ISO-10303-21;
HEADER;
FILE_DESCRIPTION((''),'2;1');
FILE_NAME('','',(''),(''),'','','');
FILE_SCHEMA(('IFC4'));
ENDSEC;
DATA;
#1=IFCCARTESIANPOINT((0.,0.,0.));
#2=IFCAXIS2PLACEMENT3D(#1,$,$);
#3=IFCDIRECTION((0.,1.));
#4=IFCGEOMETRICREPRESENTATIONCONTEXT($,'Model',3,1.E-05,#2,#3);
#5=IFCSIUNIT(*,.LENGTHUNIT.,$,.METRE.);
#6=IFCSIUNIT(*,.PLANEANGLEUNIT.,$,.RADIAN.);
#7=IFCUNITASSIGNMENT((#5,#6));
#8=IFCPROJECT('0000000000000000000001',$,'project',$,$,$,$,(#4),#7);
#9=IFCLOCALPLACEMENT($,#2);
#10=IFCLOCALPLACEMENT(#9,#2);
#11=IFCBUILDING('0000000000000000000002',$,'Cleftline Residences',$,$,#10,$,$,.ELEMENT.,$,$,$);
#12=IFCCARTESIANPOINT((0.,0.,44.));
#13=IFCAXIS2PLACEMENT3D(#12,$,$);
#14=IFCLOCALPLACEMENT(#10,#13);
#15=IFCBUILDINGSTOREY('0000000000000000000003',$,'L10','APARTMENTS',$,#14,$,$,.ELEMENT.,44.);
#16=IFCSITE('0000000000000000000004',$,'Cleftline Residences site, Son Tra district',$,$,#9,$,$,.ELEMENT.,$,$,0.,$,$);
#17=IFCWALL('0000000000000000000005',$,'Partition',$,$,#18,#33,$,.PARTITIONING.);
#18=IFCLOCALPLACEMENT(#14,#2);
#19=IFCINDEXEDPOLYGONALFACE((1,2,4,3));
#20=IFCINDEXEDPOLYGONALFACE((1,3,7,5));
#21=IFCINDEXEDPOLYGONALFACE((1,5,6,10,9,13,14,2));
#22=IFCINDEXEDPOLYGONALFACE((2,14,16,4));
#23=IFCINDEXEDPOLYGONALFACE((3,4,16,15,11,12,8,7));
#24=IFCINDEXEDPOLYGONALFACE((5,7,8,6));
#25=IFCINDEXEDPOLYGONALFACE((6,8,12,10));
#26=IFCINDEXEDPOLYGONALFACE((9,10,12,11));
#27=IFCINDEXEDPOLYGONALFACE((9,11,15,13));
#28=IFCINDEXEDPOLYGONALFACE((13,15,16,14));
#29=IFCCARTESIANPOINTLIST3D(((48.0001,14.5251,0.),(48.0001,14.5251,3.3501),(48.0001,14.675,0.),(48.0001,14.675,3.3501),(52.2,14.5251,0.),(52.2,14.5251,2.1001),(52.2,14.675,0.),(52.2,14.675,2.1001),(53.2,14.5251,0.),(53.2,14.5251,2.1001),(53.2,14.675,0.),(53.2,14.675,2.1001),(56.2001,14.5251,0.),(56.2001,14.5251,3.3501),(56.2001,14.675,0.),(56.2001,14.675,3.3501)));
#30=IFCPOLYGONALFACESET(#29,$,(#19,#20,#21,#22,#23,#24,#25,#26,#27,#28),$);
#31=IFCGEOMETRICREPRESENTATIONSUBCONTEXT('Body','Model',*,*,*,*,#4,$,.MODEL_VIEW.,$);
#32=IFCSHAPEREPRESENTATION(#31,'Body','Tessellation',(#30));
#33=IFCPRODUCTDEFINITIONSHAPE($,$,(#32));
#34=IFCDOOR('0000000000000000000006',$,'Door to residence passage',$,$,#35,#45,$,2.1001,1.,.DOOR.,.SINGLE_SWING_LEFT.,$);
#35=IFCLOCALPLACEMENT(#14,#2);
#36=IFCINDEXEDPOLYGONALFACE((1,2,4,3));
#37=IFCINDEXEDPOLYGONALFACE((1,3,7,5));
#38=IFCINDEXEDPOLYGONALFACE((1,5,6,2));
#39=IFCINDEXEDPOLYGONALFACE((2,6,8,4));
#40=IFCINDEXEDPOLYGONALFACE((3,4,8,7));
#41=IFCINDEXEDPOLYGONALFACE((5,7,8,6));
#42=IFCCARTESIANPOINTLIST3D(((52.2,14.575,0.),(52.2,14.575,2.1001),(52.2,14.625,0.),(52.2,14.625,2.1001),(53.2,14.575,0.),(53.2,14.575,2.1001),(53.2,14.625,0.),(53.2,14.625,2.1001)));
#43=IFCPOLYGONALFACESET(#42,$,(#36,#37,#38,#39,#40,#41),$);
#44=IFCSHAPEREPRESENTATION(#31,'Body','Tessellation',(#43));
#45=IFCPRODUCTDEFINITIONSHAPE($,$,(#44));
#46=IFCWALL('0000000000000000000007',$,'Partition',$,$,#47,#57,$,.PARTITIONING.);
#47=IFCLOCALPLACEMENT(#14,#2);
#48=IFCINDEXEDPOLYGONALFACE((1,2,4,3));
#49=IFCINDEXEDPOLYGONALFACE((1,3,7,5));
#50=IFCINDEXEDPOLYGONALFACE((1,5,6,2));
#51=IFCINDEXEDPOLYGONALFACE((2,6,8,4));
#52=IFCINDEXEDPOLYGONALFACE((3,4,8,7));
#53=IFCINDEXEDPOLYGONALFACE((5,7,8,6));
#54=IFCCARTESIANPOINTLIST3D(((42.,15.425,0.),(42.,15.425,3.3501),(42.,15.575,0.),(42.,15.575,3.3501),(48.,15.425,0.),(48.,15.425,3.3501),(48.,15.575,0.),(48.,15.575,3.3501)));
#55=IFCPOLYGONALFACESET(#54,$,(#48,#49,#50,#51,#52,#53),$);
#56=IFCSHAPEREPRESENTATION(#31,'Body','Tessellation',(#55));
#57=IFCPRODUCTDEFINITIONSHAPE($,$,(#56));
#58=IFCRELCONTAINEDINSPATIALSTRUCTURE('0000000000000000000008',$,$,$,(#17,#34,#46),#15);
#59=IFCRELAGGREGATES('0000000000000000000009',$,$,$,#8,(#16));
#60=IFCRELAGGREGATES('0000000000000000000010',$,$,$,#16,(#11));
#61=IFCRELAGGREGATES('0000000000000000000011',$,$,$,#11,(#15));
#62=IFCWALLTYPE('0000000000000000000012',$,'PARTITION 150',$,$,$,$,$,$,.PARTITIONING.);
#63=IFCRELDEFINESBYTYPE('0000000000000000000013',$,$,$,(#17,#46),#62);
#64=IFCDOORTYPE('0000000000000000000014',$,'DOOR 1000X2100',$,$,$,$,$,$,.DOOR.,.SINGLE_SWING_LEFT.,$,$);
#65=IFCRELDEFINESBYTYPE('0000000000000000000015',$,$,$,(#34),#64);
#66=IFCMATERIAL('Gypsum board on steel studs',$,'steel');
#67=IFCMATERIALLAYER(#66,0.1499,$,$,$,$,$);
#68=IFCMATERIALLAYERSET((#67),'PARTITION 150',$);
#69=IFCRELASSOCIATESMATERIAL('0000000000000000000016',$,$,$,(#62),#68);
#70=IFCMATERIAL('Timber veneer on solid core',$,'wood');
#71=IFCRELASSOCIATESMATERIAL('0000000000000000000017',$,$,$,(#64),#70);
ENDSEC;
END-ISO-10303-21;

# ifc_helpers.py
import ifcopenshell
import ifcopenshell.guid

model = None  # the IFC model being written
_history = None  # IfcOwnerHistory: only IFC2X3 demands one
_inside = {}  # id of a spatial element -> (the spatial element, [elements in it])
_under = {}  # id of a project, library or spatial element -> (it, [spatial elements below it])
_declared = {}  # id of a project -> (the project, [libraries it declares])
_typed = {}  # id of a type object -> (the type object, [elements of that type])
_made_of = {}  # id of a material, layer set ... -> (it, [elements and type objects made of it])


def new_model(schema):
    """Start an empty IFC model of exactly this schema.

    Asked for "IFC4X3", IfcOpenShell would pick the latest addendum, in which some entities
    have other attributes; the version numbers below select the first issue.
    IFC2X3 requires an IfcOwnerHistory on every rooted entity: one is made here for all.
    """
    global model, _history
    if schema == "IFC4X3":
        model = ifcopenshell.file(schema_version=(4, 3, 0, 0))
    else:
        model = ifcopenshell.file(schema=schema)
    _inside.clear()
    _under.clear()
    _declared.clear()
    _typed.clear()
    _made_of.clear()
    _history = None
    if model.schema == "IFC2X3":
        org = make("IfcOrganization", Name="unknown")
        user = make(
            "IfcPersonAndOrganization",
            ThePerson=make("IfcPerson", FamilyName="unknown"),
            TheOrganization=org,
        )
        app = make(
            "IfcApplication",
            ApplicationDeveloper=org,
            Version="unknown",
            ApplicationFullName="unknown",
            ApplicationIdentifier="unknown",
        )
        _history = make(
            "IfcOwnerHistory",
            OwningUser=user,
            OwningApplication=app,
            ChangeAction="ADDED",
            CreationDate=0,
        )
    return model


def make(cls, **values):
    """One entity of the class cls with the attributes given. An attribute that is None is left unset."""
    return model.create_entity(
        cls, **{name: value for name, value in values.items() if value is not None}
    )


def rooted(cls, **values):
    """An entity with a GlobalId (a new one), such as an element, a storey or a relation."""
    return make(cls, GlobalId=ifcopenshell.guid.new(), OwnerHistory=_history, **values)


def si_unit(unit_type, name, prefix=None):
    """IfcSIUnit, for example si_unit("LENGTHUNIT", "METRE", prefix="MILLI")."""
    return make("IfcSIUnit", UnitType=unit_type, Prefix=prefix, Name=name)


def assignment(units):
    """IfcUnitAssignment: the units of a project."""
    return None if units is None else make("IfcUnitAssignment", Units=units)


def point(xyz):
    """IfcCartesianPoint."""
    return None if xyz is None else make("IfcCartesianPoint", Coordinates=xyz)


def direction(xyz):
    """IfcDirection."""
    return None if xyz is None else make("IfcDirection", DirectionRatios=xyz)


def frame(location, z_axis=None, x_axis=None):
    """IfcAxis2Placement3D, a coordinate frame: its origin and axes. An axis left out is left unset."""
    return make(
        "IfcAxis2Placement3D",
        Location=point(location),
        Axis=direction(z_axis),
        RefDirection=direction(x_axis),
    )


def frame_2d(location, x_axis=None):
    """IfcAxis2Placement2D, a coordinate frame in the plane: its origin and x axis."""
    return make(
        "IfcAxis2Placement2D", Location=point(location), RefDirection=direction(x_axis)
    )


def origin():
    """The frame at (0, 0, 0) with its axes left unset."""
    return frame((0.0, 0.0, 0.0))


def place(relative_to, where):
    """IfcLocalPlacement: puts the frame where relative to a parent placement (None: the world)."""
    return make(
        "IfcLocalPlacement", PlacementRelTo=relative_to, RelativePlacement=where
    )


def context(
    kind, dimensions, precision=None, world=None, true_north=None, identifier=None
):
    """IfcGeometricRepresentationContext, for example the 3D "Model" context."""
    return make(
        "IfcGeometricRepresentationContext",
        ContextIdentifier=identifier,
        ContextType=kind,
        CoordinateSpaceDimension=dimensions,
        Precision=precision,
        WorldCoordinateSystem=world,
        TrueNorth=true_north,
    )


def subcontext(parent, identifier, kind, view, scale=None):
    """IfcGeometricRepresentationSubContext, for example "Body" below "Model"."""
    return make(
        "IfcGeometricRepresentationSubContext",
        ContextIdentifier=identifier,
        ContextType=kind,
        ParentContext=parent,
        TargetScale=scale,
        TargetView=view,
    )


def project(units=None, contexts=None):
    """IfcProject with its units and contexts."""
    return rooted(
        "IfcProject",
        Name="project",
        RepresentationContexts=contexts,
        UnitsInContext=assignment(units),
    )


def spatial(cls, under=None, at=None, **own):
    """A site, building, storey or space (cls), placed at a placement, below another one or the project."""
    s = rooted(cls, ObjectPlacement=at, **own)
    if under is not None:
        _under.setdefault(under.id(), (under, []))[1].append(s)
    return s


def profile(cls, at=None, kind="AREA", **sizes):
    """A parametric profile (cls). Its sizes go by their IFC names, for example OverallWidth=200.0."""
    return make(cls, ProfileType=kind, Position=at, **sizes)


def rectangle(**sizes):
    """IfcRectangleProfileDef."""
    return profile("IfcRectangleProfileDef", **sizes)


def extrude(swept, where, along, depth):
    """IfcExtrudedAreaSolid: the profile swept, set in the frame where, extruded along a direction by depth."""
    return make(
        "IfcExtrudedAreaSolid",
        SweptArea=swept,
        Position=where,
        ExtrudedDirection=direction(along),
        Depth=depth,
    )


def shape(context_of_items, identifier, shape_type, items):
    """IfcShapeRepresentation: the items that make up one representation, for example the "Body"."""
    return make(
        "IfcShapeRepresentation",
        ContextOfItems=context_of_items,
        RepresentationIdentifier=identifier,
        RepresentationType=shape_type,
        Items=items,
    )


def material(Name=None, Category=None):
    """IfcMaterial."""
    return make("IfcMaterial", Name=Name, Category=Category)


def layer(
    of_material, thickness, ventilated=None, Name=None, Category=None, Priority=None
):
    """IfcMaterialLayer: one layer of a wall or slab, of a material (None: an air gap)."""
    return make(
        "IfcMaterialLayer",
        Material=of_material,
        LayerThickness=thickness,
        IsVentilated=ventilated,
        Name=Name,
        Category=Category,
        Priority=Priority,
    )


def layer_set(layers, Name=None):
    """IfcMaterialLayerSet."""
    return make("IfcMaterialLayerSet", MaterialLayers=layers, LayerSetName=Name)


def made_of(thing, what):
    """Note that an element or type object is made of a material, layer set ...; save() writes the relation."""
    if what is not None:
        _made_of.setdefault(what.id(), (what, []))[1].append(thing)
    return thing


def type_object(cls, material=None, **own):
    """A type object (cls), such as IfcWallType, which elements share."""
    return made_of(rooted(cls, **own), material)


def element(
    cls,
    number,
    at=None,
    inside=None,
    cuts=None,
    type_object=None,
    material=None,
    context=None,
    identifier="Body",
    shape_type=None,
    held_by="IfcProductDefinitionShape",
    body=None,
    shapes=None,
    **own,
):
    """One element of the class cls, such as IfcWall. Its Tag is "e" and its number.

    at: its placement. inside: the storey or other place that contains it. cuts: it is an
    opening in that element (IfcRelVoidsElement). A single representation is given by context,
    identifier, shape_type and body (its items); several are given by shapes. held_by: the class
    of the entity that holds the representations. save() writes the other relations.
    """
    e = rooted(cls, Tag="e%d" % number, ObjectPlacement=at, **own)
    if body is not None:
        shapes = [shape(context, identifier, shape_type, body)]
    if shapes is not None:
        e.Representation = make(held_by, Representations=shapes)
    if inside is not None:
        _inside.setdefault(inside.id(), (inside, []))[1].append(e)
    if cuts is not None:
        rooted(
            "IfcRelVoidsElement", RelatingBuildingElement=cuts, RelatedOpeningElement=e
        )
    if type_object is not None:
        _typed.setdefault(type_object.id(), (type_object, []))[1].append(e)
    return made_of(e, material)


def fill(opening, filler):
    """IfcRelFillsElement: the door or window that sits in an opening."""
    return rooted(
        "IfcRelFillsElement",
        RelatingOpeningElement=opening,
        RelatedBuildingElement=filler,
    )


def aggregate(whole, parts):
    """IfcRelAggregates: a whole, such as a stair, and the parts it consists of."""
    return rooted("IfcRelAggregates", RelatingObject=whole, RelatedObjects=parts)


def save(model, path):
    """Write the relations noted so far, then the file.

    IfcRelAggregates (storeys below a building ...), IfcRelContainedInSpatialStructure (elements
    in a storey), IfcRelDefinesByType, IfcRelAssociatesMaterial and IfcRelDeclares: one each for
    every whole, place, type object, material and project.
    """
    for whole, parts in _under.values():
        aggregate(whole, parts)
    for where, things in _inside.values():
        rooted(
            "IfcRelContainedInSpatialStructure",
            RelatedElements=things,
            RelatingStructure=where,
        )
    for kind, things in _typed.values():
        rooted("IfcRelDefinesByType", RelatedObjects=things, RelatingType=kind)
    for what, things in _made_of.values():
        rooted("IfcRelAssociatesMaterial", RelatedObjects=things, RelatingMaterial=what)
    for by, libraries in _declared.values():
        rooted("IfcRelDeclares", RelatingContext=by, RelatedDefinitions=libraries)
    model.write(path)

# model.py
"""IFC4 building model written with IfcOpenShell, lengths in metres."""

from ifc_helpers import new_model, si_unit, direction, frame, frame_2d, origin, place, context, subcontext, project, spatial, rectangle, extrude, material, layer, layer_set, type_object, element, fill, save


model = new_model("IFC4")

# Units and contexts
model_context = context("Model", 3, precision=1e-05, world=origin(), true_north=direction((0.0, 1.0)))
body_context = subcontext(model_context, "Body", "Model", "MODEL_VIEW")
ifc_project = project(units=[si_unit("LENGTHUNIT", "METRE"), si_unit("PLANEANGLEUNIT", "RADIAN")], contexts=[model_context])

# Site, building, storey
site_placement = place(None, origin())
site = spatial("IfcSite", under=ifc_project, at=site_placement, Name="Cleftline Residences site, Son Tra district", CompositionType="ELEMENT", RefElevation=0.0)
building_placement = place(site_placement, origin())
building = spatial("IfcBuilding", under=site, at=building_placement, Name="Cleftline Residences", CompositionType="ELEMENT")
storey_placement = place(building_placement, frame((0.0, 0.0, 44.0)))
storey = spatial("IfcBuildingStorey", under=building, at=storey_placement, Name="L10", Description="APARTMENTS", CompositionType="ELEMENT", Elevation=44.0)

# Wall, opening, door
ifc_material_1 = material(Name="Gypsum board on steel studs", Category="steel")
ifc_layer_1 = layer(ifc_material_1, 0.1499)
ifc_layer_set_1 = layer_set([ifc_layer_1], Name="PARTITION 150")
wall_type_1 = type_object("IfcWallType", Name="PARTITION 150", PredefinedType="PARTITIONING", material=ifc_layer_set_1)
wall_1_placement = place(storey_placement, frame((48.0, 14.6001, 0.0), z_axis=(0.0, 0.0, 1.0), x_axis=(1.0, 0.0, 0.0)))
wall_1 = element("IfcWall", 1, at=wall_1_placement, inside=storey, type_object=wall_type_1, Name="Partition", PredefinedType="PARTITIONING", context=body_context, shape_type="SweptSolid", body=[
    extrude(rectangle(XDim=8.2, YDim=0.1499, at=frame_2d((4.1001, 0.0))), origin(), (0.0, 0.0, 1.0), 3.3501),
])
opening_1_placement = place(wall_1_placement, frame((4.2, 0.0, 0.0)))
opening_1 = element("IfcOpeningElement", 2, at=opening_1_placement, cuts=wall_1, PredefinedType="OPENING", context=body_context, shape_type="SweptSolid", body=[
    extrude(rectangle(XDim=1.0, YDim=2.1001, at=frame_2d((0.5, 1.05))), frame((0.0, 0.085, 0.0), z_axis=(0.0, -1.0, 0.0), x_axis=(1.0, 0.0, 0.0)), (0.0, 0.0, 1.0), 0.1699),
])
ifc_material_2 = material(Name="Timber veneer on solid core", Category="wood")
door_type_1 = type_object("IfcDoorType", Name="DOOR 1000X2100", OperationType="SINGLE_SWING_LEFT", PredefinedType="DOOR", material=ifc_material_2)
door_1_placement = place(opening_1_placement, origin())
door_1 = element("IfcDoor", 3, at=door_1_placement, inside=storey, type_object=door_type_1, Name="Door to residence passage", OperationType="SINGLE_SWING_LEFT", OverallHeight=2.1001, OverallWidth=1.0, PredefinedType="DOOR", context=body_context, shape_type="SweptSolid", body=[
    extrude(rectangle(XDim=1.0, YDim=2.1001, at=frame_2d((0.5, 1.05))), frame((0.0, 0.0249, 0.0), z_axis=(0.0, -1.0, 0.0), x_axis=(1.0, 0.0, 0.0)), (0.0, 0.0, 1.0), 0.05),
])
fill(opening_1, door_1)

# Wall
wall_2_placement = place(storey_placement, frame((42.0, 15.5, 0.0), z_axis=(0.0, 0.0, 1.0), x_axis=(1.0, 0.0, 0.0)))
element("IfcWall", 4, at=wall_2_placement, inside=storey, type_object=wall_type_1, Name="Partition", PredefinedType="PARTITIONING", context=body_context, shape_type="SweptSolid", body=[
    extrude(rectangle(XDim=6.0, YDim=0.1499, at=frame_2d((3.0, 0.0))), origin(), (0.0, 0.0, 1.0), 3.3501),
])

save(model, "model.ifc")
